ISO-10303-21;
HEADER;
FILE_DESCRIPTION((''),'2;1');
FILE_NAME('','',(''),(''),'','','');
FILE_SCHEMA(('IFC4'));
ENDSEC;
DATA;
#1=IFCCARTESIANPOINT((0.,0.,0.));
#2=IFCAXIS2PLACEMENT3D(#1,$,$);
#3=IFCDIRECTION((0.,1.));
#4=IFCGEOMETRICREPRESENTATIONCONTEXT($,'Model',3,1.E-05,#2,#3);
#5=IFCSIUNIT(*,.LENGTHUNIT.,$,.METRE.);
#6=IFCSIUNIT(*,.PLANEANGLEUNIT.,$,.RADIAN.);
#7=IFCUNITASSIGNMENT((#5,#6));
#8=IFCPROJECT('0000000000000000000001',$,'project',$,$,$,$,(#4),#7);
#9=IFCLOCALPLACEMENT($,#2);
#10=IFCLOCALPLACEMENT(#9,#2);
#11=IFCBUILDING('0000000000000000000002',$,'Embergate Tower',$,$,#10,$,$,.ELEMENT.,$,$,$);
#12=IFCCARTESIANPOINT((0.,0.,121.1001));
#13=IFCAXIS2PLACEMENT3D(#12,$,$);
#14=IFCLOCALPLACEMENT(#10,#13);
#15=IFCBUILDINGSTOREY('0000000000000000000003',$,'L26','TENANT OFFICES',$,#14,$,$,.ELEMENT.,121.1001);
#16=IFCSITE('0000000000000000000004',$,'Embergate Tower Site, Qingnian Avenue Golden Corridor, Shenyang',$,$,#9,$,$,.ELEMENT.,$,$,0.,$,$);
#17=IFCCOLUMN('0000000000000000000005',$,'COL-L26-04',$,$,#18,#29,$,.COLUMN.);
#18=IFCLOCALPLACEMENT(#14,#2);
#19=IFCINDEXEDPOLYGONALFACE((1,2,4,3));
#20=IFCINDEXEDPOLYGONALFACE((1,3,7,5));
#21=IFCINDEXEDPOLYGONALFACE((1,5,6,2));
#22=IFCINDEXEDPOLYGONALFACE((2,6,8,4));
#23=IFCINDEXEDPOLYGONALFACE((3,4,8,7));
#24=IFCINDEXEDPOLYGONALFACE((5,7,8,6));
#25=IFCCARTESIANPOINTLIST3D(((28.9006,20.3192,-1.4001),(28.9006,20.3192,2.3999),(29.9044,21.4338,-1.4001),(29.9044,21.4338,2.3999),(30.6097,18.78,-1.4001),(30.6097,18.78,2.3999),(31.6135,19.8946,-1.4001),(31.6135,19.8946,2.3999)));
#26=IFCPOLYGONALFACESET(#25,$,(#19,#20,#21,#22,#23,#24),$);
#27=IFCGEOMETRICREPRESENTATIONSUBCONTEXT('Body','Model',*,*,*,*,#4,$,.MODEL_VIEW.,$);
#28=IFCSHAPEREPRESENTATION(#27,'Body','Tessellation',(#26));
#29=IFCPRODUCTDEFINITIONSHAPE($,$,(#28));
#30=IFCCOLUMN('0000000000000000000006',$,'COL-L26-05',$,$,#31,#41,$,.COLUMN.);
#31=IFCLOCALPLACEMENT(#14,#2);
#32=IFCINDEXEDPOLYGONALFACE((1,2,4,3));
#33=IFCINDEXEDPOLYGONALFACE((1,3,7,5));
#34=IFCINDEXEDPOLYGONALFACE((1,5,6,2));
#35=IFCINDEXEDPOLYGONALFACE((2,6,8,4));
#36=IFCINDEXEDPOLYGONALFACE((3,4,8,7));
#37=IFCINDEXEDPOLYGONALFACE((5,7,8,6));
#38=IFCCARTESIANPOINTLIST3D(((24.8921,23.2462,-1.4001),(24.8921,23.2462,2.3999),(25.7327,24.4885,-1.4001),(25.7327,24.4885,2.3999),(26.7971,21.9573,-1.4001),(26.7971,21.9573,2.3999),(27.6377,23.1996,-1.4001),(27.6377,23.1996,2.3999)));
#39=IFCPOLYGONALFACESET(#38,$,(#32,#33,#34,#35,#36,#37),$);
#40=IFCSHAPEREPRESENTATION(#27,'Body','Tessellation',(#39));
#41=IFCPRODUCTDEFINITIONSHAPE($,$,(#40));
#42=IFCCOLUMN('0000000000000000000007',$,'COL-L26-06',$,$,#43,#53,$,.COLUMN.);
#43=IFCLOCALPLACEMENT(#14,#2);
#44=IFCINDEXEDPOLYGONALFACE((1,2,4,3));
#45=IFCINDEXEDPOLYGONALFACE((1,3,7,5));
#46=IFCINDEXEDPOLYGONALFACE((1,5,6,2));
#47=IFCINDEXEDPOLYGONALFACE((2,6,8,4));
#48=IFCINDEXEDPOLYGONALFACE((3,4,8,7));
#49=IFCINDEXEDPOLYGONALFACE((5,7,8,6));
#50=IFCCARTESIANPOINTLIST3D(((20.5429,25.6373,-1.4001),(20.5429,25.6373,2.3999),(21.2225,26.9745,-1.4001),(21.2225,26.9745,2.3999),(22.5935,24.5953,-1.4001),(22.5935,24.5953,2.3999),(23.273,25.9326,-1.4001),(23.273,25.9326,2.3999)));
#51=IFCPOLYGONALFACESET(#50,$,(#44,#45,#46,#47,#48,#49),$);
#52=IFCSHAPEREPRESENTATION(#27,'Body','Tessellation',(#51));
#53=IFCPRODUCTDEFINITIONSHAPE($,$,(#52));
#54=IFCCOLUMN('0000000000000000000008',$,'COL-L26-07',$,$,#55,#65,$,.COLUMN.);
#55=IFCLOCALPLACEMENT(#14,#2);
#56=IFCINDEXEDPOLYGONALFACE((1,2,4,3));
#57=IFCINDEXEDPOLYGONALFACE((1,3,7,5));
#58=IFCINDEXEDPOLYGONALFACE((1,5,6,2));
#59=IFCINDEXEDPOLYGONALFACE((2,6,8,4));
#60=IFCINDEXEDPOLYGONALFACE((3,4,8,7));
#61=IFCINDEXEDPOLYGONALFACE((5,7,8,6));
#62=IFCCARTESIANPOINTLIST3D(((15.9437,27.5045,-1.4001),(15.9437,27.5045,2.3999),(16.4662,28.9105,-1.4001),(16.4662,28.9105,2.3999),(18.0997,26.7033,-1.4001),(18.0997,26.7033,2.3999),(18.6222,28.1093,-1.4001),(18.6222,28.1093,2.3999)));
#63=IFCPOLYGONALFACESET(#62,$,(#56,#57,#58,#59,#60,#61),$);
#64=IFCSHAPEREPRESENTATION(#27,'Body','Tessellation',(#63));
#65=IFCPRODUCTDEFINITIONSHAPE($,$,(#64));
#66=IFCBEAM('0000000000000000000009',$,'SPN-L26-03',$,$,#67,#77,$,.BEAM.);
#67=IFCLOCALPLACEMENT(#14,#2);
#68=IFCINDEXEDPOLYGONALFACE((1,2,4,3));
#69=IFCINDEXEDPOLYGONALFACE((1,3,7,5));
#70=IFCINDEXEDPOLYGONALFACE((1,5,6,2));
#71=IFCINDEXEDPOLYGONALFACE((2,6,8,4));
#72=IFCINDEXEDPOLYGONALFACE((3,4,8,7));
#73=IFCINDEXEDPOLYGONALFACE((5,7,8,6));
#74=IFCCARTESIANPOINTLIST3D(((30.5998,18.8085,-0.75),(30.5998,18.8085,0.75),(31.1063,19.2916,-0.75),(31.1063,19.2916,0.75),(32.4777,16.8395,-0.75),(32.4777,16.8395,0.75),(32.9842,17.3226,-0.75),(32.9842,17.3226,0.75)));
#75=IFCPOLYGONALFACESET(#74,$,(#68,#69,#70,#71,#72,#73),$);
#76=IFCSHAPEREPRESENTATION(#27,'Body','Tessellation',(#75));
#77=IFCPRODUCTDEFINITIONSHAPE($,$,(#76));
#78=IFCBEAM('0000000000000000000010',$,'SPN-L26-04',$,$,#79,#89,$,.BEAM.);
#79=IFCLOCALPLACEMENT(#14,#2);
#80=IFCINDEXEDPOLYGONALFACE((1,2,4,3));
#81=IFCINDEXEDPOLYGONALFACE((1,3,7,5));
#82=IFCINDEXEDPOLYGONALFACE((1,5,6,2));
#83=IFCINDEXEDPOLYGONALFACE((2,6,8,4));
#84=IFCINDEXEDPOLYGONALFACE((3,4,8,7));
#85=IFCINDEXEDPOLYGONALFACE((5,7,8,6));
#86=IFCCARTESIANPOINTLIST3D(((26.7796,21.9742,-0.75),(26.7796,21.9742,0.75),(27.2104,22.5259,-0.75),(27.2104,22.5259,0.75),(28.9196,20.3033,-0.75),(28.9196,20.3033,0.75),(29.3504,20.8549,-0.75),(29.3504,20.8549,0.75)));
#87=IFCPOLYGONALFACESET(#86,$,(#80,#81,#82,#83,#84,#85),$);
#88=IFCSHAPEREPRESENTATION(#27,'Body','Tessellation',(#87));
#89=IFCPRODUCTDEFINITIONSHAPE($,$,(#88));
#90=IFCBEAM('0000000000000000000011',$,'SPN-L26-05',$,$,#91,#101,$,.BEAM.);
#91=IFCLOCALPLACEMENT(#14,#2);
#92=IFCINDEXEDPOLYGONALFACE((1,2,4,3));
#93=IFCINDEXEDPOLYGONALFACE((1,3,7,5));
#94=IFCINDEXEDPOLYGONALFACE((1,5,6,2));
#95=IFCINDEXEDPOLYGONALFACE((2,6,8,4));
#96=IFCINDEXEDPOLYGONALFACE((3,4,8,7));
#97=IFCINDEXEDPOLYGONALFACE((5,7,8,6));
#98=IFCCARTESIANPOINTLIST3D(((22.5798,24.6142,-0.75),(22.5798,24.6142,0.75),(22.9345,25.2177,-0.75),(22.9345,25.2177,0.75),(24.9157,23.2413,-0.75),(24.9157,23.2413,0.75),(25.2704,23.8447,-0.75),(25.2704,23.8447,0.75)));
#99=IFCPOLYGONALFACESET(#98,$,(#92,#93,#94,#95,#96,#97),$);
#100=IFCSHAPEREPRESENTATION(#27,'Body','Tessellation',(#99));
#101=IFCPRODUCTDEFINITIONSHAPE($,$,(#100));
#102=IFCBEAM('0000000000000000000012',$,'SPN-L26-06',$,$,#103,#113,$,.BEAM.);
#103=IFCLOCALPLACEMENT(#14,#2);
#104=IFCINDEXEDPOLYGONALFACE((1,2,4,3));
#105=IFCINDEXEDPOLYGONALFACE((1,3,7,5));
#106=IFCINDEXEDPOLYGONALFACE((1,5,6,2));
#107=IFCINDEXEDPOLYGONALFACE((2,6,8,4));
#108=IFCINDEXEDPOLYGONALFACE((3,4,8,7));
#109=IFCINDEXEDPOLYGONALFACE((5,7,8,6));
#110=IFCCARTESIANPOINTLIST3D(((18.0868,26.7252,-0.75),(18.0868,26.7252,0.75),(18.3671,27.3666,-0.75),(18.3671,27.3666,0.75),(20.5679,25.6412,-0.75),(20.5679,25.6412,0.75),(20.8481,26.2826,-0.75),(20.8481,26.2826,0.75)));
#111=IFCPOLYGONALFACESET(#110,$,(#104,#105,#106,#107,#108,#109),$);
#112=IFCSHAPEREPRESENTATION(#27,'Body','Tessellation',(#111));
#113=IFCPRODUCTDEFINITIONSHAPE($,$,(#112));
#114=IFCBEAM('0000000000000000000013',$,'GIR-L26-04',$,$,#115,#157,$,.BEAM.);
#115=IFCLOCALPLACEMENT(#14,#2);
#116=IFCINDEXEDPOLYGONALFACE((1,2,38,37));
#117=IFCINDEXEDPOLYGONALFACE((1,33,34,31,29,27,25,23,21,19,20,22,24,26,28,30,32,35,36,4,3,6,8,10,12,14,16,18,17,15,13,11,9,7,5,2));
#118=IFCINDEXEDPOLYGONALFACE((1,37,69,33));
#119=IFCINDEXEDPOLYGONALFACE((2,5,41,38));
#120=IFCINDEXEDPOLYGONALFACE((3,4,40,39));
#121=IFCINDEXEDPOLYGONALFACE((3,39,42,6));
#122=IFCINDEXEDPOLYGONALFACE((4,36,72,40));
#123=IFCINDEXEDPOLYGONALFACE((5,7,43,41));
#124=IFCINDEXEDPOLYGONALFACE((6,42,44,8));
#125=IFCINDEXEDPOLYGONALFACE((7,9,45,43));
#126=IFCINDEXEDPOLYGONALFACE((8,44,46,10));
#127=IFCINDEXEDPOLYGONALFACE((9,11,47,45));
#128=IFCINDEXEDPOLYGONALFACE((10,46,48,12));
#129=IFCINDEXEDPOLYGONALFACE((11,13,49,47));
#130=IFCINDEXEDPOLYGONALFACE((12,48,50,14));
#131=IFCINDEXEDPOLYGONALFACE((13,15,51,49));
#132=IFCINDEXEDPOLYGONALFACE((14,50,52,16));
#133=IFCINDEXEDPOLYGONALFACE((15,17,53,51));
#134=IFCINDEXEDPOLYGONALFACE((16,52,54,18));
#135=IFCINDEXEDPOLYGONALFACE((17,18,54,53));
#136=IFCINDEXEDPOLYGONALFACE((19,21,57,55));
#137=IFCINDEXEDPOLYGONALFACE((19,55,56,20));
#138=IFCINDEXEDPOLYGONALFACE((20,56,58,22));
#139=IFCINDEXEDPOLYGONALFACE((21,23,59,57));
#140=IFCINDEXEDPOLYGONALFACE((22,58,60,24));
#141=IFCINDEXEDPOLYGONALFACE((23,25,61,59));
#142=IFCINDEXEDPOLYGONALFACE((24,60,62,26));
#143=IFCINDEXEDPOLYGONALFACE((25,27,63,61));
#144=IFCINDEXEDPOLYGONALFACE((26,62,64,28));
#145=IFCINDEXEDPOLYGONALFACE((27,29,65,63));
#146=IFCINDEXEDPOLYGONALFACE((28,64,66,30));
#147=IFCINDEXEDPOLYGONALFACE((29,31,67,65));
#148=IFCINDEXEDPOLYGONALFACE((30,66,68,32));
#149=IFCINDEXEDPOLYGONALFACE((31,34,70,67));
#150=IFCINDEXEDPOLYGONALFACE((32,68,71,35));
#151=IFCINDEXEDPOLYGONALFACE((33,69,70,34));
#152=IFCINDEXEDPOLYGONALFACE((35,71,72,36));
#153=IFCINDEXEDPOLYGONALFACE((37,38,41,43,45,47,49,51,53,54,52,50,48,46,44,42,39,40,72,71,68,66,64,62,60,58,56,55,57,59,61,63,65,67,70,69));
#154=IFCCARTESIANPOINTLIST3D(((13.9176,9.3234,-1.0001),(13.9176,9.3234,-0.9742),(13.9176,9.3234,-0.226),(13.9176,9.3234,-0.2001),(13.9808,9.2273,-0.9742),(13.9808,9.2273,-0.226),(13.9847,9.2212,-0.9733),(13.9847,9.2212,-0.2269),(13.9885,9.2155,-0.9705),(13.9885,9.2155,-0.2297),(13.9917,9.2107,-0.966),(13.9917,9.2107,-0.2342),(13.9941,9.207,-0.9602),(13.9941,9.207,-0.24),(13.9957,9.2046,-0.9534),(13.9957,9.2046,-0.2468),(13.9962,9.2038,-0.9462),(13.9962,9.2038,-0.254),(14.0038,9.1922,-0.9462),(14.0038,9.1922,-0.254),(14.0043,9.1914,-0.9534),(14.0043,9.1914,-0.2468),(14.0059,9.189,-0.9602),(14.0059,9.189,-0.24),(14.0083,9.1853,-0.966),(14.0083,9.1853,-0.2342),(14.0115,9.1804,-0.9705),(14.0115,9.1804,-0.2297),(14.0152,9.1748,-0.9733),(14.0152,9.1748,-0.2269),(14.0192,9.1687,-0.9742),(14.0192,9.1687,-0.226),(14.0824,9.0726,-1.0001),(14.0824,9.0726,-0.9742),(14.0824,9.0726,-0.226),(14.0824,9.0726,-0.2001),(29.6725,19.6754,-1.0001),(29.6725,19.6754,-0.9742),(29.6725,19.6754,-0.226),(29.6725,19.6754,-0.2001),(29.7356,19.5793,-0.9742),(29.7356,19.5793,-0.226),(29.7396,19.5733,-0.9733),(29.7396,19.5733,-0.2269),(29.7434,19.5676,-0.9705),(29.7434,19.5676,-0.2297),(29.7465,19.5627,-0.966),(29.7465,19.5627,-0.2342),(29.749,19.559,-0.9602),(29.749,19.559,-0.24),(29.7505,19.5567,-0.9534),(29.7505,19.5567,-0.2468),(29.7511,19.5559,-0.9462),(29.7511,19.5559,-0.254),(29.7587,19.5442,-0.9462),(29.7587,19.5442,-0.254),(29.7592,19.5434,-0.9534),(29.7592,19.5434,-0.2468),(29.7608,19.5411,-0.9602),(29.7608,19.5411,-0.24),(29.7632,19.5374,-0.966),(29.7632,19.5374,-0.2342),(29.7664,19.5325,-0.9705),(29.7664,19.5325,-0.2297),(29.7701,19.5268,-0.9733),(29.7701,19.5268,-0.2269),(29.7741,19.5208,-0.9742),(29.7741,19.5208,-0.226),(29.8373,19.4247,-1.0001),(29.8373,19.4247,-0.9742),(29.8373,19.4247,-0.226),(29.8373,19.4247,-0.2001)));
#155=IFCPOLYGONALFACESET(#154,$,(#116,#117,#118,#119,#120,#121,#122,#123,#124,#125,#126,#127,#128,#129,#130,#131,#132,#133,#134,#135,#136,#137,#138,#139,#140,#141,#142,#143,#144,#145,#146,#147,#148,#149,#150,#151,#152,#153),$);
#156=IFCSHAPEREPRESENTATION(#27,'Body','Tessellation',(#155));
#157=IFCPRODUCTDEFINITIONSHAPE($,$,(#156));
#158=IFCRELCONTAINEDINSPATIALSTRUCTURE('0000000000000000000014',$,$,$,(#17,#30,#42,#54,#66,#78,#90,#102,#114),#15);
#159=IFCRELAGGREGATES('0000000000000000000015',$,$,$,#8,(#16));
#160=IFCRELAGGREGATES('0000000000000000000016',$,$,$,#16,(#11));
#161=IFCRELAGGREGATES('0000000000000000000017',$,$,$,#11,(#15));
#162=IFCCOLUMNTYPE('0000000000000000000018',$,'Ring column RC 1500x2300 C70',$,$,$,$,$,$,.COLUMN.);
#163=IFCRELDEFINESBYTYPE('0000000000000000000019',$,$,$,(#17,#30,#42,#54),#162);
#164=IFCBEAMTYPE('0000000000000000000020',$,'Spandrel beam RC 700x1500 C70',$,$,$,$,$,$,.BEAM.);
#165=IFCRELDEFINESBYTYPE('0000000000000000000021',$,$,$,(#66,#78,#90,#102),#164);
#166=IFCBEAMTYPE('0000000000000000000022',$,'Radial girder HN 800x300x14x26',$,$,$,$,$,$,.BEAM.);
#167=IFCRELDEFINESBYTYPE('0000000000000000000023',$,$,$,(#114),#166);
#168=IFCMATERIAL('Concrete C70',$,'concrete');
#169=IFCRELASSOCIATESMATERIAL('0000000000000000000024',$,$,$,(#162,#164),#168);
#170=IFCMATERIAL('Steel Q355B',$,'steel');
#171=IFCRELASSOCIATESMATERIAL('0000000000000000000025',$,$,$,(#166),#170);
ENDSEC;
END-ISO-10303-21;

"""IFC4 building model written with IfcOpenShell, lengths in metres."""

from ifc_helpers import new_model, si_unit, direction, frame, origin, origin_2d, place, context, subcontext, project, spatial, rectangle, i_section, extrude, source, transform, mapped, material, material_profile, profile_set, type_object, element, save


model = new_model("IFC4")

# Units and contexts
model_context = context("Model", 3, precision=1e-05, world=origin(), true_north=direction((0.0, 1.0)))
body_context = subcontext(model_context, "Body", "Model", "MODEL_VIEW")
ifc_project = project(units=[si_unit("LENGTHUNIT", "METRE"), si_unit("PLANEANGLEUNIT", "RADIAN")], contexts=[model_context])

# Site, building, storey
site_placement = place(None, origin())
site = spatial("IfcSite", under=ifc_project, at=site_placement, Name="Embergate Tower Site, Qingnian Avenue Golden Corridor, Shenyang", CompositionType="ELEMENT", RefElevation=0.0)
building_placement = place(site_placement, origin())
building = spatial("IfcBuilding", under=site, at=building_placement, Name="Embergate Tower", CompositionType="ELEMENT")
storey_placement = place(building_placement, frame((0.0, 0.0, 121.1001)))
storey = spatial("IfcBuildingStorey", under=building, at=storey_placement, Name="L26", Description="TENANT OFFICES", CompositionType="ELEMENT", Elevation=121.1001)

# Columns
ifc_material_1 = material(Name="Concrete C70", Category="concrete")
ifc_material_profile_1 = material_profile(ifc_material_1, rectangle(XDim=1.5, YDim=2.3, at=origin_2d()), Name="RC 1500x2300")
ifc_profile_set_1 = profile_set([ifc_material_profile_1], Name="Concrete C70")
column_type = type_object("IfcColumnType", Name="Ring column RC 1500x2300 C70", PredefinedType="COLUMN", material=ifc_profile_set_1)
shared_shape_1 = source(origin(), body_context, "Body", "SweptSolid", [
    extrude(rectangle(XDim=1.5, YDim=2.3, at=origin_2d()), origin(), (0.0, 0.0, 1.0), 3.8),
])
for number, where, z_axis, x_axis, name in (
    (1, (30.2571, 20.1069, -1.4001), (0.0, 0.0, 1.0), (0.669208, 0.743075, 0.0), "COL-L26-04"),
    (2, (26.2649, 23.2229, -1.4001), (0.0, 0.0, 1.0), (0.560393, 0.828227, 0.0), "COL-L26-05"),
    (3, (21.908, 25.7849, -1.4001), (0.0, 0.0, 1.0), (0.453011, 0.891505, 0.0), "COL-L26-06"),
    (4, (17.283, 27.8069, -1.4001), (0.0, 0.0, 1.0), (0.348343, 0.937367, 0.0), "COL-L26-07"),
):
    element("IfcColumn", number, at=place(storey_placement, frame(where, z_axis=z_axis, x_axis=x_axis)), inside=storey, type_object=column_type, Name=name, PredefinedType="COLUMN", context=body_context, shape_type="MappedRepresentation", body=[
        mapped(shared_shape_1, transform((0.0, 0.0, 0.0))),
    ])

# Beams
ifc_material_profile_2 = material_profile(ifc_material_1, rectangle(XDim=0.7, YDim=1.5, at=origin_2d()), Name="RC 700x1500")
ifc_profile_set_2 = profile_set([ifc_material_profile_2], Name="Concrete C70")
beam_type_1 = type_object("IfcBeamType", Name="Spandrel beam RC 700x1500 C70", PredefinedType="BEAM", material=ifc_profile_set_2)
shared_shape_2 = source(origin(), body_context, "Body", "SweptSolid", [
    extrude(rectangle(XDim=0.7, YDim=1.5, at=origin_2d()), origin(), (0.0, 0.0, 1.0), 2.7209),
])
beam_1_placement = place(storey_placement, frame((32.731, 17.0811, 0.0), z_axis=(-0.690175, 0.723643, 0.0), x_axis=(-0.723643, -0.690175, 0.0)))
element("IfcBeam", 5, at=beam_1_placement, inside=storey, type_object=beam_type_1, Name="SPN-L26-03", PredefinedType="BEAM", context=body_context, shape_type="MappedRepresentation", body=[
    mapped(shared_shape_2, transform((0.0, 0.0, 0.0))),
])
shared_shape_3 = source(origin(), body_context, "Body", "SweptSolid", [
    extrude(rectangle(XDim=0.7, YDim=1.5, at=origin_2d()), origin(), (0.0, 0.0, 1.0), 2.7151),
])
beam_2_placement = place(storey_placement, frame((29.135, 20.5791, 0.0), z_axis=(-0.788184, 0.61544, 0.0), x_axis=(-0.61544, -0.788184, 0.0)))
element("IfcBeam", 6, at=beam_2_placement, inside=storey, type_object=beam_type_1, Name="SPN-L26-04", PredefinedType="BEAM", context=body_context, shape_type="MappedRepresentation", body=[
    mapped(shared_shape_3, transform((0.0, 0.0, 0.0))),
])
shared_shape_4 = source(origin(), body_context, "Body", "SweptSolid", [
    extrude(rectangle(XDim=0.7, YDim=1.5, at=origin_2d()), origin(), (0.0, 0.0, 1.0), 2.7095),
])
beam_3_placement = place(storey_placement, frame((25.093, 23.543, 0.0), z_axis=(-0.862101, 0.506737, 0.0), x_axis=(-0.506737, -0.862101, 0.0)))
element("IfcBeam", 7, at=beam_3_placement, inside=storey, type_object=beam_type_1, Name="SPN-L26-05", PredefinedType="BEAM", context=body_context, shape_type="MappedRepresentation", body=[
    mapped(shared_shape_4, transform((0.0, 0.0, 0.0))),
])
shared_shape_5 = source(origin(), body_context, "Body", "SweptSolid", [
    extrude(rectangle(XDim=0.7, YDim=1.5, at=origin_2d()), origin(), (0.0, 0.0, 1.0), 2.7075),
])
beam_4_placement = place(storey_placement, frame((20.708, 25.9619, 0.0), z_axis=(-0.916352, 0.400374, 0.0), x_axis=(-0.400374, -0.916352, 0.0)))
element("IfcBeam", 8, at=beam_4_placement, inside=storey, type_object=beam_type_1, Name="SPN-L26-06", PredefinedType="BEAM", context=body_context, shape_type="MappedRepresentation", body=[
    mapped(shared_shape_5, transform((0.0, 0.0, 0.0))),
])
ifc_material_2 = material(Name="Steel Q355B", Category="steel")
ifc_material_profile_3 = material_profile(ifc_material_2, i_section(OverallWidth=0.3, OverallDepth=0.8, WebThickness=0.0139, FlangeThickness=0.0259, FilletRadius=0.0281, at=origin_2d()), Name="HN 800x300x14x26")
ifc_profile_set_3 = profile_set([ifc_material_profile_3], Name="Steel Q355 grade B")
beam_type_2 = type_object("IfcBeamType", Name="Radial girder HN 800x300x14x26", PredefinedType="BEAM", material=ifc_profile_set_3)
shared_shape_6 = source(origin(), body_context, "Body", "SweptSolid", [
    extrude(i_section(OverallWidth=0.3, OverallDepth=0.8, WebThickness=0.0139, FlangeThickness=0.0259, FilletRadius=0.0281, at=origin_2d()), origin(), (0.0, 0.0, 1.0), 18.8516),
])
beam_5_placement = place(storey_placement, frame((29.7549, 19.55, -0.6001), z_axis=(-0.835734, -0.549135, 0.0), x_axis=(0.549135, -0.835734, 0.0)))
element("IfcBeam", 9, at=beam_5_placement, inside=storey, type_object=beam_type_2, Name="GIR-L26-04", PredefinedType="BEAM", context=body_context, shape_type="MappedRepresentation", body=[
    mapped(shared_shape_6, transform((0.0, 0.0, 0.0))),
])

save(model, "model.ifc")
